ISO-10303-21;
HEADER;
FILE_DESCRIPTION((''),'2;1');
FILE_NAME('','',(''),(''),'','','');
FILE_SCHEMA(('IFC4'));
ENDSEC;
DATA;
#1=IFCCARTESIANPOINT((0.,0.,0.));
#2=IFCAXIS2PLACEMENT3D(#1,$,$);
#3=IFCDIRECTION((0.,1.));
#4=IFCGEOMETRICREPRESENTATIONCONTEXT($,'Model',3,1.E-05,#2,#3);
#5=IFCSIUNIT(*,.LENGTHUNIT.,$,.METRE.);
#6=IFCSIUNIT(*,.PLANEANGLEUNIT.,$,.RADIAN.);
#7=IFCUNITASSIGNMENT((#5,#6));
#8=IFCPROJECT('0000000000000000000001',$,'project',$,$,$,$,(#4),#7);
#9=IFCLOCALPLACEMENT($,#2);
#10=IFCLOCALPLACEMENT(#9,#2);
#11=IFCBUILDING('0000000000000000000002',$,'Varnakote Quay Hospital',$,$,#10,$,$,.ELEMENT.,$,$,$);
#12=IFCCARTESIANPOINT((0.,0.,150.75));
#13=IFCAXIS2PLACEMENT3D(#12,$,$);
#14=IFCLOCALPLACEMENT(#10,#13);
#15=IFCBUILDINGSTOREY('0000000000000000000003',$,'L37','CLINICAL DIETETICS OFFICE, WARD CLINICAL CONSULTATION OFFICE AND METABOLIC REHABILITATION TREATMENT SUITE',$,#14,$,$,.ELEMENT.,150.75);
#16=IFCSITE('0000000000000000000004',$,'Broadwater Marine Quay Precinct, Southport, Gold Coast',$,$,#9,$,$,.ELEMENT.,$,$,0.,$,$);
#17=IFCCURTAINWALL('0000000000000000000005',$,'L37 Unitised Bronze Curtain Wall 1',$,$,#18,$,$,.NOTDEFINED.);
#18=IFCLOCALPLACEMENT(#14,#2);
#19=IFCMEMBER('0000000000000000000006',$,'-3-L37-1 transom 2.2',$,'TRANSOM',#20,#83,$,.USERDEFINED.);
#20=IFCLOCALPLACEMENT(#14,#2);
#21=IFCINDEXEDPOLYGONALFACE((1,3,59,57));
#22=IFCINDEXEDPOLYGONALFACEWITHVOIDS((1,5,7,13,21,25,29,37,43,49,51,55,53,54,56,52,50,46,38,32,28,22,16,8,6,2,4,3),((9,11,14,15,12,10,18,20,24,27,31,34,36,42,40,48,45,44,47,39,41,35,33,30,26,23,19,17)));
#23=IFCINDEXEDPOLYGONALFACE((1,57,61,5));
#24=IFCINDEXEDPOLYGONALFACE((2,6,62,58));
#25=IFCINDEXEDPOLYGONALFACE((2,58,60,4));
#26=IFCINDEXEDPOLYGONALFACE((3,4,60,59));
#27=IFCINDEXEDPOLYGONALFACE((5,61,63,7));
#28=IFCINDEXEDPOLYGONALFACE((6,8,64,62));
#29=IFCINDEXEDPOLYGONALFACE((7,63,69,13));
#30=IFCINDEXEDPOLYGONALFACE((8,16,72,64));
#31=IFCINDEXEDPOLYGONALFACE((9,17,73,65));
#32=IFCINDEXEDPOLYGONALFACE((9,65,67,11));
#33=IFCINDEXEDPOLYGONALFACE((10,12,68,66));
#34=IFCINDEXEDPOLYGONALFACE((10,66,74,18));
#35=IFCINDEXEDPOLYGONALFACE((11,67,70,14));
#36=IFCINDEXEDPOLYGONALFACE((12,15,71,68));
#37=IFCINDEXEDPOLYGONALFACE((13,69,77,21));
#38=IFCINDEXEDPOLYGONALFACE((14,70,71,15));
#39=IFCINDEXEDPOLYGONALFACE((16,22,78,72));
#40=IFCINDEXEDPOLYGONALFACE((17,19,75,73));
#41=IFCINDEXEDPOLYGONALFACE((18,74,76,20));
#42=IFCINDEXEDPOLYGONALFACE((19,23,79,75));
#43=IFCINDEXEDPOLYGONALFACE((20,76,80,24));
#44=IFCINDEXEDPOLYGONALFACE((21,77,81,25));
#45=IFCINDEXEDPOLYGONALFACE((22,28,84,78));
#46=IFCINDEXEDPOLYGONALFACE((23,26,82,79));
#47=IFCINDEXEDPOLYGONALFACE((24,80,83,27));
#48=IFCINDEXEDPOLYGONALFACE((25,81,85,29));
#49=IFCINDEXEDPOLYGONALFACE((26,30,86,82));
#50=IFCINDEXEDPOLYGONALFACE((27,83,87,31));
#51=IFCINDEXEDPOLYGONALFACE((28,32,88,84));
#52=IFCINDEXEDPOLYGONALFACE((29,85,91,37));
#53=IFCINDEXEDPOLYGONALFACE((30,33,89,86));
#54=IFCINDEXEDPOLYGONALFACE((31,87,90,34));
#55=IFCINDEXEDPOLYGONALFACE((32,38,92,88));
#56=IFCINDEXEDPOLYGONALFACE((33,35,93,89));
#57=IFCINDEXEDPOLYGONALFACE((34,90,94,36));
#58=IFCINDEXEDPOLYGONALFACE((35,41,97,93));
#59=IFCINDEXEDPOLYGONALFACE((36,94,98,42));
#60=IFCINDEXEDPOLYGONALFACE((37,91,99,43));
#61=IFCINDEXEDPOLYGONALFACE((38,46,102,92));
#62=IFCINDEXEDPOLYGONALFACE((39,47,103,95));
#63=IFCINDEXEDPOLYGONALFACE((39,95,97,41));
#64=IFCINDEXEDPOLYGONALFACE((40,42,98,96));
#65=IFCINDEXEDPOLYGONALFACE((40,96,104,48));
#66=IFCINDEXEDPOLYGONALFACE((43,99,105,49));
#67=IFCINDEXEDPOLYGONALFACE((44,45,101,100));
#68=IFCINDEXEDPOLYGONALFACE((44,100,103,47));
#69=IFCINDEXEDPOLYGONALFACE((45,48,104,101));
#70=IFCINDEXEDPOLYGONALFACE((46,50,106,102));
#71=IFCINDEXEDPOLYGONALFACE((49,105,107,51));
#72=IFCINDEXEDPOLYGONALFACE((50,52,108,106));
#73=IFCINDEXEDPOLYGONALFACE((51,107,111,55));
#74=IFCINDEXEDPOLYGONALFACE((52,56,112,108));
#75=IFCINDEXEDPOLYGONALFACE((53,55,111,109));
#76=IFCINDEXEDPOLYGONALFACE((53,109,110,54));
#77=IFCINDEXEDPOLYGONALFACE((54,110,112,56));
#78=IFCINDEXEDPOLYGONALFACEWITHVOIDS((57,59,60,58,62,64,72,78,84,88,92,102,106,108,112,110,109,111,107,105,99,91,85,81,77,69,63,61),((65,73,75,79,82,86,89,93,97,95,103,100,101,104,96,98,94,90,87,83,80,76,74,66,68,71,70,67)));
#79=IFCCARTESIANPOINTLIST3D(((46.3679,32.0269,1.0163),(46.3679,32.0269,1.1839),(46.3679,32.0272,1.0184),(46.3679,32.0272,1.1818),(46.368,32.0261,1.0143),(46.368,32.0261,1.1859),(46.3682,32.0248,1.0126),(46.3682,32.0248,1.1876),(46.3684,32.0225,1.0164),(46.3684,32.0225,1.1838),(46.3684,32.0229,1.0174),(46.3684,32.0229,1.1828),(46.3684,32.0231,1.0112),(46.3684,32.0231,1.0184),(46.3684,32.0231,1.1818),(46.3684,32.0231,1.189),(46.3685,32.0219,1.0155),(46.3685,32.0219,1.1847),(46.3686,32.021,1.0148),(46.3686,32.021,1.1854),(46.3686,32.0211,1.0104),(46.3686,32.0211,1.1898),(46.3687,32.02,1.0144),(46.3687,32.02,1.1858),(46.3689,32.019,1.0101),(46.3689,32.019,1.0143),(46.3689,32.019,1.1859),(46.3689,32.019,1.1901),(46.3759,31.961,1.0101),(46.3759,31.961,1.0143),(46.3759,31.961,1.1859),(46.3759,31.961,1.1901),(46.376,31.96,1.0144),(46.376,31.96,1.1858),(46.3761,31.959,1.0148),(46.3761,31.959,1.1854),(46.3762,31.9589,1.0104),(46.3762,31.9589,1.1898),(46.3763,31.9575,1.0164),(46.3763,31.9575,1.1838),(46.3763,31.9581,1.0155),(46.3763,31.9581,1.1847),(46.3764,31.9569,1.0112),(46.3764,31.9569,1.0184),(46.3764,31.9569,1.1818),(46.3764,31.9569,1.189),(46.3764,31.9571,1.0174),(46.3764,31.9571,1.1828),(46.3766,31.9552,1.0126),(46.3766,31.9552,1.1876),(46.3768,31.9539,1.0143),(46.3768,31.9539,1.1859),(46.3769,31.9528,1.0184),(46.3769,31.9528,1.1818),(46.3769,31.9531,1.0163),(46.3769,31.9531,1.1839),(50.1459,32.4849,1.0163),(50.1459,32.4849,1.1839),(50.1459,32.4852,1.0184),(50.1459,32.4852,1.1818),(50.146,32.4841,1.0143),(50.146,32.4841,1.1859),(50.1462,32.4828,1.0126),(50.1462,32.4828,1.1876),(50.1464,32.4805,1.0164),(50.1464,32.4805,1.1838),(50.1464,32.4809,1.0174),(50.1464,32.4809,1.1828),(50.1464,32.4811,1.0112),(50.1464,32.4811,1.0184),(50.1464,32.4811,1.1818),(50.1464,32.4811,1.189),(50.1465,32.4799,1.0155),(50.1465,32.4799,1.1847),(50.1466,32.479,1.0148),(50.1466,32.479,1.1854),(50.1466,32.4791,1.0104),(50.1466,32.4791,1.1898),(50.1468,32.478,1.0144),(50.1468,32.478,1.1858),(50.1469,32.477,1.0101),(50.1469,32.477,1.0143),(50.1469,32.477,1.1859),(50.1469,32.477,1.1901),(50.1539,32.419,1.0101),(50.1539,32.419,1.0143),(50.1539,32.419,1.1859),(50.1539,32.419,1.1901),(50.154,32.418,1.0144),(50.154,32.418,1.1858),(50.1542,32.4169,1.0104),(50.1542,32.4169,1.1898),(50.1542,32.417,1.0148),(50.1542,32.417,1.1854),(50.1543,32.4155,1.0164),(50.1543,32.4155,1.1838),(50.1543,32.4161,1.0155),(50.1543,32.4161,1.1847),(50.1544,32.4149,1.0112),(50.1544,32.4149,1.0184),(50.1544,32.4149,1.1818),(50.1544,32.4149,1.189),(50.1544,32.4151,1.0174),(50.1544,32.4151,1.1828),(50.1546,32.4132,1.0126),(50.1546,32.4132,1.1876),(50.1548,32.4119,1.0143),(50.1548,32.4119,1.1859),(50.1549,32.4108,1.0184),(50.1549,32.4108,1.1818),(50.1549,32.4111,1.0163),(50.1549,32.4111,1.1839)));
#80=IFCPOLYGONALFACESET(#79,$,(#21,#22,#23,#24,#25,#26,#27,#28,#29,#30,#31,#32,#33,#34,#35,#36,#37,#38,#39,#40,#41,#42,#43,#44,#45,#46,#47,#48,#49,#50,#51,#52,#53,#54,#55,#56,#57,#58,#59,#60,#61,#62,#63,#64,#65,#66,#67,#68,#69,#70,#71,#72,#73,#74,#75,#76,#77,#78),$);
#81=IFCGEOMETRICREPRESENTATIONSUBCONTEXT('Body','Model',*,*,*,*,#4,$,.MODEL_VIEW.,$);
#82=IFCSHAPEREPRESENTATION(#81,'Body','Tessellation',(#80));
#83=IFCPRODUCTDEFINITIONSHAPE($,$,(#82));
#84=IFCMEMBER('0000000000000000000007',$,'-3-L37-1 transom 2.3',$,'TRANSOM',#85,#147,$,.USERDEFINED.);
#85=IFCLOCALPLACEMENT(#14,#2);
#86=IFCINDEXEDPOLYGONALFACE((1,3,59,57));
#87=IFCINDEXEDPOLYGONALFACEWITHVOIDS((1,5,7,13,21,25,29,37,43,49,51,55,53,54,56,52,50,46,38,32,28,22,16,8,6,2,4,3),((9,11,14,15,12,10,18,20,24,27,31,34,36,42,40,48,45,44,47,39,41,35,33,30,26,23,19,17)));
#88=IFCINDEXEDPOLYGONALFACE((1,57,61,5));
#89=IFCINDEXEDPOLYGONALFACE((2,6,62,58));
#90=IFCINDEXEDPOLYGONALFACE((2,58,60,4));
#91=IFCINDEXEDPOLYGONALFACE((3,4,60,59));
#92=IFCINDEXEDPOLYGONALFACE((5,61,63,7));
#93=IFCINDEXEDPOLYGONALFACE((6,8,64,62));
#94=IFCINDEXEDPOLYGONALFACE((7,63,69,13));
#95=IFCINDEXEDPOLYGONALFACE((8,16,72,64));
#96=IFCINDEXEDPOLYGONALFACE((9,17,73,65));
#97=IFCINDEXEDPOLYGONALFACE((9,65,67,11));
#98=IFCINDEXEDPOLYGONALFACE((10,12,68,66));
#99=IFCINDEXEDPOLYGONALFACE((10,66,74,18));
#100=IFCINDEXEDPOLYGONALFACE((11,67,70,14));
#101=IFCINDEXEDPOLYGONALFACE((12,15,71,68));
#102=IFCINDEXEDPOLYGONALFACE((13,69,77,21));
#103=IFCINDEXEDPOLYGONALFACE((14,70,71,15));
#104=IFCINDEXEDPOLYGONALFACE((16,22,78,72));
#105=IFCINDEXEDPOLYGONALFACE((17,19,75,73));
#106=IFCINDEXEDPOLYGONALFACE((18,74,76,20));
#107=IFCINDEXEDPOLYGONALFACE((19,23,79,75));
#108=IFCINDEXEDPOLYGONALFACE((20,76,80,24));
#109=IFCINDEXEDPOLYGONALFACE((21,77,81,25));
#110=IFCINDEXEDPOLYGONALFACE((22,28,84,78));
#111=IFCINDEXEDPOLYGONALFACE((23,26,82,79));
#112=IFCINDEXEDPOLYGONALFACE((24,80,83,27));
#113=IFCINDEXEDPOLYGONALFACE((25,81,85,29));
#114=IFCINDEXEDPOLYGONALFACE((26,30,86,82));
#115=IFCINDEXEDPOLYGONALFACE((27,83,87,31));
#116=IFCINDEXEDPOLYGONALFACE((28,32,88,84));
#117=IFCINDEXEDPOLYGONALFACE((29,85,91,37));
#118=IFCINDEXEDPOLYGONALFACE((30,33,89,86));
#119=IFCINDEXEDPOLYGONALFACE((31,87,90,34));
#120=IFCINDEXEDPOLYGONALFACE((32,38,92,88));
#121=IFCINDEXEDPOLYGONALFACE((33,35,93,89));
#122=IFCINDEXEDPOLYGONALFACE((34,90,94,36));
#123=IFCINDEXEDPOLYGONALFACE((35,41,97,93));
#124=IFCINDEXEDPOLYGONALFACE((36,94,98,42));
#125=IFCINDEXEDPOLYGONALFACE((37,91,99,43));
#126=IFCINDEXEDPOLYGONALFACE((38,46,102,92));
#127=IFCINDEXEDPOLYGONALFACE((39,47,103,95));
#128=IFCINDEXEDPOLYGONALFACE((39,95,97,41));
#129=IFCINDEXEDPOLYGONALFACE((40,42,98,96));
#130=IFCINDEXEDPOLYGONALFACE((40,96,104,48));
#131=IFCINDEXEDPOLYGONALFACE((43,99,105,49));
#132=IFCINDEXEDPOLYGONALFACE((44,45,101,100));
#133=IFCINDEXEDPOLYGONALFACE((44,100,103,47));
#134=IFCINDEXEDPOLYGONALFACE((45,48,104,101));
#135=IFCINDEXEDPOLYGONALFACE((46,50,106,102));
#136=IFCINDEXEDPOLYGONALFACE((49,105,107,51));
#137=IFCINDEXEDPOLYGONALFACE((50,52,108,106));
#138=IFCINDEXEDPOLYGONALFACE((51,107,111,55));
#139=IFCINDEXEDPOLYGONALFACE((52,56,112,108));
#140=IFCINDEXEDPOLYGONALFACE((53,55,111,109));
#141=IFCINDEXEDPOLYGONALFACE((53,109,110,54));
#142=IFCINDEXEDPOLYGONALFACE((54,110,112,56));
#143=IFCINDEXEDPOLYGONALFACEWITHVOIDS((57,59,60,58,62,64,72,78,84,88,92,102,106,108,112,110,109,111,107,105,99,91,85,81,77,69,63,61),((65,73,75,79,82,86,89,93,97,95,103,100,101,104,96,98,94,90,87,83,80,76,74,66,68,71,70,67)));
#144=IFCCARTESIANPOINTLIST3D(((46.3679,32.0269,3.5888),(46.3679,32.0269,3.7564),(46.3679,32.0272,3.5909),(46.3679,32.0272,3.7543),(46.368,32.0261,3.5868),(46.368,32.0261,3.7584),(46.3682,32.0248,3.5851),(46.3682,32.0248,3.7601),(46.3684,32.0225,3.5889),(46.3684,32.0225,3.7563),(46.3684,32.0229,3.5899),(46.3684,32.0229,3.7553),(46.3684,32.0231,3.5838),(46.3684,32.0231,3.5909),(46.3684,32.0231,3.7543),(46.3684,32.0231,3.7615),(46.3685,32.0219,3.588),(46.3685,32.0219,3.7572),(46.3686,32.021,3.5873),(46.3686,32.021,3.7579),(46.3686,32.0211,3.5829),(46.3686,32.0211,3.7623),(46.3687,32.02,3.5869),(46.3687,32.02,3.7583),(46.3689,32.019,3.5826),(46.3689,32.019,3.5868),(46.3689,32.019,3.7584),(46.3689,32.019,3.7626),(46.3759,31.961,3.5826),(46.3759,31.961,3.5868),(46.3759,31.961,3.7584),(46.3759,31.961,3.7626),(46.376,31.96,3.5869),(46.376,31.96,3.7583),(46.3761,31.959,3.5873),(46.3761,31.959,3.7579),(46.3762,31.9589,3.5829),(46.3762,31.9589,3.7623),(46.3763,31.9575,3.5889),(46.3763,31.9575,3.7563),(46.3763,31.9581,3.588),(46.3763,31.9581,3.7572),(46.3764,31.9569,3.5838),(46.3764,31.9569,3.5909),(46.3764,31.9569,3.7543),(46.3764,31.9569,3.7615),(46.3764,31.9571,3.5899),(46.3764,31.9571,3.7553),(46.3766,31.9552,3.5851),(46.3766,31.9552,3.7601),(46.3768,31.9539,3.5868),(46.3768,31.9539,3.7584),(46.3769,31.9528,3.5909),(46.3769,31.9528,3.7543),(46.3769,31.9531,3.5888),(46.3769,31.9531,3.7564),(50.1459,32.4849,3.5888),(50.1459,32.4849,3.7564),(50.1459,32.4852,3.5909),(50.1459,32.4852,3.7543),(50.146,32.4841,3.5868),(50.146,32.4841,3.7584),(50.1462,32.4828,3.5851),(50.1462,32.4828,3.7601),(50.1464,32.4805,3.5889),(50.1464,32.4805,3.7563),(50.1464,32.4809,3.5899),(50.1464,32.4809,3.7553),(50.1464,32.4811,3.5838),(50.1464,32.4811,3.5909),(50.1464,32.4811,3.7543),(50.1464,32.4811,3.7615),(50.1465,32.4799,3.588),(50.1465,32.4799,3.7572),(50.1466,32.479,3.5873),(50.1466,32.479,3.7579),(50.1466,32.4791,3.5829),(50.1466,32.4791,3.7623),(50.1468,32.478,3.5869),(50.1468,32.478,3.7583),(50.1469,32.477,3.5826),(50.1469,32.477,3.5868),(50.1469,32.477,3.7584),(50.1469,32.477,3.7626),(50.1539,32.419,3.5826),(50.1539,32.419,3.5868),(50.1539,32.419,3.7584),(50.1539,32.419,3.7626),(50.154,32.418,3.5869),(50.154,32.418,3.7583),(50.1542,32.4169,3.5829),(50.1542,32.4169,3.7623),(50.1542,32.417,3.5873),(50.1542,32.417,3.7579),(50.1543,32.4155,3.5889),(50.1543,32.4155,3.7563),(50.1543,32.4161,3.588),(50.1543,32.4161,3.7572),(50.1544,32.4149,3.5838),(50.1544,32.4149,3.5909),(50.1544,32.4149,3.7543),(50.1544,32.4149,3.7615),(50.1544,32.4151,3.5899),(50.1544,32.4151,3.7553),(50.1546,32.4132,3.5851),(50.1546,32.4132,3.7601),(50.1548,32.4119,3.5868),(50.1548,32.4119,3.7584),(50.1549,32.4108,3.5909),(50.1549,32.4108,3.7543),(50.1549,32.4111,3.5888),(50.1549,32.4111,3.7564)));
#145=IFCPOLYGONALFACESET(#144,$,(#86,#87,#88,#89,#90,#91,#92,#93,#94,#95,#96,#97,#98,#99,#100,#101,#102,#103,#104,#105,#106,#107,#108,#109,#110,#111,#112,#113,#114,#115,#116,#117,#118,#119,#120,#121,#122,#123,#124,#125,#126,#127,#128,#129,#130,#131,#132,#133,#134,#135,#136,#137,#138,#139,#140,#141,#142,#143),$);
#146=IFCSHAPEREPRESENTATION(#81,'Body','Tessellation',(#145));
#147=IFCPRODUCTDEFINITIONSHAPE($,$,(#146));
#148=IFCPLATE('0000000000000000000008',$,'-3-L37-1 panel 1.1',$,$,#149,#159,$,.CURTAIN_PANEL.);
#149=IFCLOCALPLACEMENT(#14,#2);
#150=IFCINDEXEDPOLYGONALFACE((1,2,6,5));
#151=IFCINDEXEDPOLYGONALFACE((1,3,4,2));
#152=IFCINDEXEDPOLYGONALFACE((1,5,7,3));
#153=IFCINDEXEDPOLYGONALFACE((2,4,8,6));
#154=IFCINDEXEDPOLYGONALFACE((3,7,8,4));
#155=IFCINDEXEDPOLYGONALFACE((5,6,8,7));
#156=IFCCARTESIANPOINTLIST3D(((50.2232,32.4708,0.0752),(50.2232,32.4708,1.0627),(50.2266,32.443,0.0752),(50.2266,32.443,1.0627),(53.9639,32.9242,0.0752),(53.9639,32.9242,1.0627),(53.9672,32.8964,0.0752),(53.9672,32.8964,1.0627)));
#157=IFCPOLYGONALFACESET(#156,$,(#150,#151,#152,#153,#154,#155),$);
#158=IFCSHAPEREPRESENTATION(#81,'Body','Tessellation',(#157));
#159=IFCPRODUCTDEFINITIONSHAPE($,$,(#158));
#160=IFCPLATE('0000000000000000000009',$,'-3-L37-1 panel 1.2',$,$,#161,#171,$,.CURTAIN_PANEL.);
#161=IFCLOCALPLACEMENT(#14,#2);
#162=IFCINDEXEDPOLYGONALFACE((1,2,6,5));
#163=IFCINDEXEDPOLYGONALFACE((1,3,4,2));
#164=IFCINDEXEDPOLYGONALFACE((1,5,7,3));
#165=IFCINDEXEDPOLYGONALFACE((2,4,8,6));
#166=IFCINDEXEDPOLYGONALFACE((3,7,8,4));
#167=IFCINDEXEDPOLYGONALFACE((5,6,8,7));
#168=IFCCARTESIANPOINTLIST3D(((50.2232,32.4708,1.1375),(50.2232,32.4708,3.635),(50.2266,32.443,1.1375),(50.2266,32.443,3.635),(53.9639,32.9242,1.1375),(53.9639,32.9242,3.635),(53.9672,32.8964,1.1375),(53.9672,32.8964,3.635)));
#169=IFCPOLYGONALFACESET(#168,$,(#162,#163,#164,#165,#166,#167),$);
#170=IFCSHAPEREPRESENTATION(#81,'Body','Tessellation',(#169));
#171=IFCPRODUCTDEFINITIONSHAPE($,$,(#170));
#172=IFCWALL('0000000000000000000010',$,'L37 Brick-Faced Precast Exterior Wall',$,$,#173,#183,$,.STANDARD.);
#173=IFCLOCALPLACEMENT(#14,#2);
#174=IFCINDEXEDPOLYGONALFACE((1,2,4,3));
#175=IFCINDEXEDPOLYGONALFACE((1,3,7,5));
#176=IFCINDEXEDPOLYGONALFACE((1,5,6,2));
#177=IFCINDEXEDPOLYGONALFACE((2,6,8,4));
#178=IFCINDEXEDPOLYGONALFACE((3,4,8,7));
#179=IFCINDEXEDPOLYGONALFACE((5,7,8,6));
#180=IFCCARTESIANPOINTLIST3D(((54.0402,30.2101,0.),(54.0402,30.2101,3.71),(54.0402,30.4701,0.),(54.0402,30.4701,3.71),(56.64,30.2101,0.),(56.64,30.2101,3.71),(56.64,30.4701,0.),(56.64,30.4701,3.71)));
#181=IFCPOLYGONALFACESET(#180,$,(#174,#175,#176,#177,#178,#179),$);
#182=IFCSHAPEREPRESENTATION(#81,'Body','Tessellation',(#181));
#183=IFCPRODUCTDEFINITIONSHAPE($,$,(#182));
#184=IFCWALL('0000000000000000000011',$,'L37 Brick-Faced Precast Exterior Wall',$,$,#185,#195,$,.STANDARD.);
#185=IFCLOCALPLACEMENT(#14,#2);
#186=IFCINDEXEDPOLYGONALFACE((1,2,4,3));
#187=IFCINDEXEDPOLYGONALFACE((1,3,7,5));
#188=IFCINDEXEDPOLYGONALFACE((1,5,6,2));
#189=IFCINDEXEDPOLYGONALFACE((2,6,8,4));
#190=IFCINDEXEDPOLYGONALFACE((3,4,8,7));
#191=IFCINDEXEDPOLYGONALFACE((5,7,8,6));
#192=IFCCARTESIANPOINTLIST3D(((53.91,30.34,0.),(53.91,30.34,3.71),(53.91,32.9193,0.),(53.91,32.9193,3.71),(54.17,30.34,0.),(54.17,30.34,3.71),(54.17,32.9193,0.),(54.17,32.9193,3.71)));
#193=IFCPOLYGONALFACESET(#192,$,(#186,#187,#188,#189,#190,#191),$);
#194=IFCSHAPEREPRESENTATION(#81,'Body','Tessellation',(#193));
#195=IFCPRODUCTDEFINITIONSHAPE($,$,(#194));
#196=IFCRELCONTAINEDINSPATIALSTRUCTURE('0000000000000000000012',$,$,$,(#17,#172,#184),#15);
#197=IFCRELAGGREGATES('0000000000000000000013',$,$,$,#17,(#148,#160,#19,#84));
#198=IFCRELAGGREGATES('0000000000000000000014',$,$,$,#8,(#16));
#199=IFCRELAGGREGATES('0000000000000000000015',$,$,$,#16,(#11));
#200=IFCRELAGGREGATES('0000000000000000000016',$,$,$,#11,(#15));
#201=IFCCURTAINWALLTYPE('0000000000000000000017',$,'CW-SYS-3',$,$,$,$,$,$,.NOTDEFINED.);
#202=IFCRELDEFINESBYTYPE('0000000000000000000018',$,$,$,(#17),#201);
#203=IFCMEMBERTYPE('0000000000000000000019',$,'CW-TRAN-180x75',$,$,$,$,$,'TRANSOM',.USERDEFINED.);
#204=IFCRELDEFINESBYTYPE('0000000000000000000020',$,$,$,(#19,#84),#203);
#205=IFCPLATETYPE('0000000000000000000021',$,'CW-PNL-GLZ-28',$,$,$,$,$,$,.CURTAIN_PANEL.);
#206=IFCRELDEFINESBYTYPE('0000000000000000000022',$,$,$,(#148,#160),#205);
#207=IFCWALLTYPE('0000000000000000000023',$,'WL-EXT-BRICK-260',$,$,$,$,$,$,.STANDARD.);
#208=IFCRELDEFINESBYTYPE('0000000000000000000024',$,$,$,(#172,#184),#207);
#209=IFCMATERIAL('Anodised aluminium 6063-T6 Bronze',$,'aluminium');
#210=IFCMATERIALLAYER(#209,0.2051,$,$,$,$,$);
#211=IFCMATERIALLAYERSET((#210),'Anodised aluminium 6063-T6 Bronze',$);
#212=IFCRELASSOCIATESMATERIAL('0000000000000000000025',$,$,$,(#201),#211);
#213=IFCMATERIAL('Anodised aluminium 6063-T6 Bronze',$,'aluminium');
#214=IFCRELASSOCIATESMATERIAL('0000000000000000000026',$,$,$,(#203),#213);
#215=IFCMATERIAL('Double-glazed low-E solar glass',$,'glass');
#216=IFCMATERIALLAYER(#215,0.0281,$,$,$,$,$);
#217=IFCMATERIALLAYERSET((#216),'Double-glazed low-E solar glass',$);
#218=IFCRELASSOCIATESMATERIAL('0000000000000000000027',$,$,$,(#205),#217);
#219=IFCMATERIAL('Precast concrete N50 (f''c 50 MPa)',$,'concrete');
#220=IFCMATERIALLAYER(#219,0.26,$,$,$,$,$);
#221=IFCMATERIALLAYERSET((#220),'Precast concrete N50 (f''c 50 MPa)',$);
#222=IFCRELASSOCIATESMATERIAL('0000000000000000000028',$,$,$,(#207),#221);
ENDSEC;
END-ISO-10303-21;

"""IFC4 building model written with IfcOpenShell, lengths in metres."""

from ifc_helpers import new_model, si_unit, direction, frame, frame_2d, origin, origin_2d, place, context, subcontext, project, spatial, rectangle, hollow_rectangle, extrude, material, layer, layer_set, material_profile, profile_set, type_object, element, aggregate, save


model = new_model("IFC4")

# Units and contexts
model_context = context("Model", 3, precision=1e-05, world=origin(), true_north=direction((0.0, 1.0)))
body_context = subcontext(model_context, "Body", "Model", "MODEL_VIEW")
ifc_project = project(units=[si_unit("LENGTHUNIT", "METRE"), si_unit("PLANEANGLEUNIT", "RADIAN")], contexts=[model_context])

# Site, building, storey
site_placement = place(None, origin())
site = spatial("IfcSite", under=ifc_project, at=site_placement, Name="Broadwater Marine Quay Precinct, Southport, Gold Coast", CompositionType="ELEMENT", RefElevation=0.0)
building_placement = place(site_placement, origin())
building = spatial("IfcBuilding", under=site, at=building_placement, Name="Varnakote Quay Hospital", CompositionType="ELEMENT")
storey_placement = place(building_placement, frame((0.0, 0.0, 150.75)))
storey = spatial("IfcBuildingStorey", under=building, at=storey_placement, Name="L37", Description="CLINICAL DIETETICS OFFICE, WARD CLINICAL CONSULTATION OFFICE AND METABOLIC REHABILITATION TREATMENT SUITE", CompositionType="ELEMENT", Elevation=150.75)

# Curtain wall, members, plates
ifc_material_1 = material(Name="Anodised aluminium 6063-T6 Bronze", Category="aluminium")
ifc_layer_1 = layer(ifc_material_1, 0.2051)
ifc_layer_set_1 = layer_set([ifc_layer_1], Name="Anodised aluminium 6063-T6 Bronze")
curtain_wall_type = type_object("IfcCurtainWallType", Name="CW-SYS-3", PredefinedType="NOTDEFINED", material=ifc_layer_set_1)
curtain_wall_placement = place(storey_placement, origin())
curtain_wall = element("IfcCurtainWall", 1, at=curtain_wall_placement, inside=storey, type_object=curtain_wall_type, Name="L37 Unitised Bronze Curtain Wall 1", PredefinedType="NOTDEFINED")
ifc_material_2 = material(Name="Anodised aluminium 6063-T6 Bronze", Category="aluminium")
ifc_material_profile_1 = material_profile(ifc_material_2, hollow_rectangle(XDim=0.075, YDim=0.1799, WallThickness=0.0042, InnerFilletRadius=0.0042, OuterFilletRadius=0.0083, at=origin_2d()), Name="CW-TRAN-180x75")
ifc_profile_set_1 = profile_set([ifc_material_profile_1], Name="Anodised aluminium 6063-T6 Bronze")
member_type_1 = type_object("IfcMemberType", Name="CW-TRAN-180x75", ElementType="TRANSOM", PredefinedType="USERDEFINED", material=ifc_profile_set_1)
member_1_placement = place(storey_placement, frame((50.1504, 32.448, 1.1001), z_axis=(-0.992732, -0.120347, 0.0), x_axis=(0.120347, -0.992732, 0.0)))
member_1 = element("IfcMember", 2, at=member_1_placement, type_object=member_type_1, Name="-3-L37-1 transom 2.2", ObjectType="TRANSOM", PredefinedType="USERDEFINED", context=body_context, shape_type="SweptSolid", body=[
    extrude(hollow_rectangle(XDim=0.075, YDim=0.1799, WallThickness=0.0042, InnerFilletRadius=0.0042, OuterFilletRadius=0.0083, at=origin_2d()), origin(), (0.0, 0.0, 1.0), 3.8057),
])
member_2_placement = place(storey_placement, frame((50.1504, 32.448, 3.6726), z_axis=(-0.992732, -0.120347, 0.0), x_axis=(0.120347, -0.992732, 0.0)))
member_2 = element("IfcMember", 3, at=member_2_placement, type_object=member_type_1, Name="-3-L37-1 transom 2.3", ObjectType="TRANSOM", PredefinedType="USERDEFINED", context=body_context, shape_type="SweptSolid", body=[
    extrude(hollow_rectangle(XDim=0.075, YDim=0.1799, WallThickness=0.0042, InnerFilletRadius=0.0042, OuterFilletRadius=0.0083, at=origin_2d()), origin(), (0.0, 0.0, 1.0), 3.8057),
])
ifc_material_3 = material(Name="Double-glazed low-E solar glass", Category="glass")
ifc_layer_2 = layer(ifc_material_3, 0.0281)
ifc_layer_set_2 = layer_set([ifc_layer_2], Name="Double-glazed low-E solar glass")
plate_type = type_object("IfcPlateType", Name="CW-PNL-GLZ-28", PredefinedType="CURTAIN_PANEL", material=ifc_layer_set_2)
plate_1_placement = place(storey_placement, frame((52.0952, 32.6836, 0.0752), z_axis=(0.0, 0.0, 1.0), x_axis=(-0.992734, -0.120327, 0.0)))
plate_1 = element("IfcPlate", 4, at=plate_1_placement, type_object=plate_type, Name="-3-L37-1 panel 1.1", PredefinedType="CURTAIN_PANEL", context=body_context, shape_type="SweptSolid", body=[
    extrude(rectangle(XDim=3.7681, YDim=0.0281, at=origin_2d()), origin(), (0.0, 0.0, 1.0), 0.9875),
])
plate_2_placement = place(storey_placement, frame((52.0952, 32.6836, 1.1375), z_axis=(0.0, 0.0, 1.0), x_axis=(-0.992734, -0.120327, 0.0)))
plate_2 = element("IfcPlate", 5, at=plate_2_placement, type_object=plate_type, Name="-3-L37-1 panel 1.2", PredefinedType="CURTAIN_PANEL", context=body_context, shape_type="SweptSolid", body=[
    extrude(rectangle(XDim=3.7681, YDim=0.0281, at=origin_2d()), origin(), (0.0, 0.0, 1.0), 2.4976),
])
aggregate(curtain_wall, [plate_1, plate_2, member_1, member_2])

# Walls
ifc_material_4 = material(Name="Precast concrete N50 (f'c 50 MPa)", Category="concrete")
ifc_layer_3 = layer(ifc_material_4, 0.26)
ifc_layer_set_3 = layer_set([ifc_layer_3], Name="Precast concrete N50 (f'c 50 MPa)")
wall_type_1 = type_object("IfcWallType", Name="WL-EXT-BRICK-260", PredefinedType="STANDARD", material=ifc_layer_set_3)
wall_1_placement = place(storey_placement, frame((56.6399, 30.3401, 0.0), z_axis=(0.0, 0.0, 1.0), x_axis=(-1.0, 0.0, 0.0)))
element("IfcWall", 6, at=wall_1_placement, inside=storey, type_object=wall_type_1, Name="L37 Brick-Faced Precast Exterior Wall", PredefinedType="STANDARD", context=body_context, shape_type="SweptSolid", body=[
    extrude(rectangle(XDim=2.5999, YDim=0.26, at=frame_2d((1.2998, 0.0))), origin(), (0.0, 0.0, 1.0), 3.71),
])
wall_2_placement = place(storey_placement, frame((54.04, 30.3401, 0.0), z_axis=(0.0, 0.0, 1.0), x_axis=(0.0, 1.0, 0.0)))
element("IfcWall", 7, at=wall_2_placement, inside=storey, type_object=wall_type_1, Name="L37 Brick-Faced Precast Exterior Wall", PredefinedType="STANDARD", context=body_context, shape_type="SweptSolid", body=[
    extrude(rectangle(XDim=2.5793, YDim=0.26, at=frame_2d((1.2896, 0.0))), origin(), (0.0, 0.0, 1.0), 3.71),
])

save(model, "model.ifc")
